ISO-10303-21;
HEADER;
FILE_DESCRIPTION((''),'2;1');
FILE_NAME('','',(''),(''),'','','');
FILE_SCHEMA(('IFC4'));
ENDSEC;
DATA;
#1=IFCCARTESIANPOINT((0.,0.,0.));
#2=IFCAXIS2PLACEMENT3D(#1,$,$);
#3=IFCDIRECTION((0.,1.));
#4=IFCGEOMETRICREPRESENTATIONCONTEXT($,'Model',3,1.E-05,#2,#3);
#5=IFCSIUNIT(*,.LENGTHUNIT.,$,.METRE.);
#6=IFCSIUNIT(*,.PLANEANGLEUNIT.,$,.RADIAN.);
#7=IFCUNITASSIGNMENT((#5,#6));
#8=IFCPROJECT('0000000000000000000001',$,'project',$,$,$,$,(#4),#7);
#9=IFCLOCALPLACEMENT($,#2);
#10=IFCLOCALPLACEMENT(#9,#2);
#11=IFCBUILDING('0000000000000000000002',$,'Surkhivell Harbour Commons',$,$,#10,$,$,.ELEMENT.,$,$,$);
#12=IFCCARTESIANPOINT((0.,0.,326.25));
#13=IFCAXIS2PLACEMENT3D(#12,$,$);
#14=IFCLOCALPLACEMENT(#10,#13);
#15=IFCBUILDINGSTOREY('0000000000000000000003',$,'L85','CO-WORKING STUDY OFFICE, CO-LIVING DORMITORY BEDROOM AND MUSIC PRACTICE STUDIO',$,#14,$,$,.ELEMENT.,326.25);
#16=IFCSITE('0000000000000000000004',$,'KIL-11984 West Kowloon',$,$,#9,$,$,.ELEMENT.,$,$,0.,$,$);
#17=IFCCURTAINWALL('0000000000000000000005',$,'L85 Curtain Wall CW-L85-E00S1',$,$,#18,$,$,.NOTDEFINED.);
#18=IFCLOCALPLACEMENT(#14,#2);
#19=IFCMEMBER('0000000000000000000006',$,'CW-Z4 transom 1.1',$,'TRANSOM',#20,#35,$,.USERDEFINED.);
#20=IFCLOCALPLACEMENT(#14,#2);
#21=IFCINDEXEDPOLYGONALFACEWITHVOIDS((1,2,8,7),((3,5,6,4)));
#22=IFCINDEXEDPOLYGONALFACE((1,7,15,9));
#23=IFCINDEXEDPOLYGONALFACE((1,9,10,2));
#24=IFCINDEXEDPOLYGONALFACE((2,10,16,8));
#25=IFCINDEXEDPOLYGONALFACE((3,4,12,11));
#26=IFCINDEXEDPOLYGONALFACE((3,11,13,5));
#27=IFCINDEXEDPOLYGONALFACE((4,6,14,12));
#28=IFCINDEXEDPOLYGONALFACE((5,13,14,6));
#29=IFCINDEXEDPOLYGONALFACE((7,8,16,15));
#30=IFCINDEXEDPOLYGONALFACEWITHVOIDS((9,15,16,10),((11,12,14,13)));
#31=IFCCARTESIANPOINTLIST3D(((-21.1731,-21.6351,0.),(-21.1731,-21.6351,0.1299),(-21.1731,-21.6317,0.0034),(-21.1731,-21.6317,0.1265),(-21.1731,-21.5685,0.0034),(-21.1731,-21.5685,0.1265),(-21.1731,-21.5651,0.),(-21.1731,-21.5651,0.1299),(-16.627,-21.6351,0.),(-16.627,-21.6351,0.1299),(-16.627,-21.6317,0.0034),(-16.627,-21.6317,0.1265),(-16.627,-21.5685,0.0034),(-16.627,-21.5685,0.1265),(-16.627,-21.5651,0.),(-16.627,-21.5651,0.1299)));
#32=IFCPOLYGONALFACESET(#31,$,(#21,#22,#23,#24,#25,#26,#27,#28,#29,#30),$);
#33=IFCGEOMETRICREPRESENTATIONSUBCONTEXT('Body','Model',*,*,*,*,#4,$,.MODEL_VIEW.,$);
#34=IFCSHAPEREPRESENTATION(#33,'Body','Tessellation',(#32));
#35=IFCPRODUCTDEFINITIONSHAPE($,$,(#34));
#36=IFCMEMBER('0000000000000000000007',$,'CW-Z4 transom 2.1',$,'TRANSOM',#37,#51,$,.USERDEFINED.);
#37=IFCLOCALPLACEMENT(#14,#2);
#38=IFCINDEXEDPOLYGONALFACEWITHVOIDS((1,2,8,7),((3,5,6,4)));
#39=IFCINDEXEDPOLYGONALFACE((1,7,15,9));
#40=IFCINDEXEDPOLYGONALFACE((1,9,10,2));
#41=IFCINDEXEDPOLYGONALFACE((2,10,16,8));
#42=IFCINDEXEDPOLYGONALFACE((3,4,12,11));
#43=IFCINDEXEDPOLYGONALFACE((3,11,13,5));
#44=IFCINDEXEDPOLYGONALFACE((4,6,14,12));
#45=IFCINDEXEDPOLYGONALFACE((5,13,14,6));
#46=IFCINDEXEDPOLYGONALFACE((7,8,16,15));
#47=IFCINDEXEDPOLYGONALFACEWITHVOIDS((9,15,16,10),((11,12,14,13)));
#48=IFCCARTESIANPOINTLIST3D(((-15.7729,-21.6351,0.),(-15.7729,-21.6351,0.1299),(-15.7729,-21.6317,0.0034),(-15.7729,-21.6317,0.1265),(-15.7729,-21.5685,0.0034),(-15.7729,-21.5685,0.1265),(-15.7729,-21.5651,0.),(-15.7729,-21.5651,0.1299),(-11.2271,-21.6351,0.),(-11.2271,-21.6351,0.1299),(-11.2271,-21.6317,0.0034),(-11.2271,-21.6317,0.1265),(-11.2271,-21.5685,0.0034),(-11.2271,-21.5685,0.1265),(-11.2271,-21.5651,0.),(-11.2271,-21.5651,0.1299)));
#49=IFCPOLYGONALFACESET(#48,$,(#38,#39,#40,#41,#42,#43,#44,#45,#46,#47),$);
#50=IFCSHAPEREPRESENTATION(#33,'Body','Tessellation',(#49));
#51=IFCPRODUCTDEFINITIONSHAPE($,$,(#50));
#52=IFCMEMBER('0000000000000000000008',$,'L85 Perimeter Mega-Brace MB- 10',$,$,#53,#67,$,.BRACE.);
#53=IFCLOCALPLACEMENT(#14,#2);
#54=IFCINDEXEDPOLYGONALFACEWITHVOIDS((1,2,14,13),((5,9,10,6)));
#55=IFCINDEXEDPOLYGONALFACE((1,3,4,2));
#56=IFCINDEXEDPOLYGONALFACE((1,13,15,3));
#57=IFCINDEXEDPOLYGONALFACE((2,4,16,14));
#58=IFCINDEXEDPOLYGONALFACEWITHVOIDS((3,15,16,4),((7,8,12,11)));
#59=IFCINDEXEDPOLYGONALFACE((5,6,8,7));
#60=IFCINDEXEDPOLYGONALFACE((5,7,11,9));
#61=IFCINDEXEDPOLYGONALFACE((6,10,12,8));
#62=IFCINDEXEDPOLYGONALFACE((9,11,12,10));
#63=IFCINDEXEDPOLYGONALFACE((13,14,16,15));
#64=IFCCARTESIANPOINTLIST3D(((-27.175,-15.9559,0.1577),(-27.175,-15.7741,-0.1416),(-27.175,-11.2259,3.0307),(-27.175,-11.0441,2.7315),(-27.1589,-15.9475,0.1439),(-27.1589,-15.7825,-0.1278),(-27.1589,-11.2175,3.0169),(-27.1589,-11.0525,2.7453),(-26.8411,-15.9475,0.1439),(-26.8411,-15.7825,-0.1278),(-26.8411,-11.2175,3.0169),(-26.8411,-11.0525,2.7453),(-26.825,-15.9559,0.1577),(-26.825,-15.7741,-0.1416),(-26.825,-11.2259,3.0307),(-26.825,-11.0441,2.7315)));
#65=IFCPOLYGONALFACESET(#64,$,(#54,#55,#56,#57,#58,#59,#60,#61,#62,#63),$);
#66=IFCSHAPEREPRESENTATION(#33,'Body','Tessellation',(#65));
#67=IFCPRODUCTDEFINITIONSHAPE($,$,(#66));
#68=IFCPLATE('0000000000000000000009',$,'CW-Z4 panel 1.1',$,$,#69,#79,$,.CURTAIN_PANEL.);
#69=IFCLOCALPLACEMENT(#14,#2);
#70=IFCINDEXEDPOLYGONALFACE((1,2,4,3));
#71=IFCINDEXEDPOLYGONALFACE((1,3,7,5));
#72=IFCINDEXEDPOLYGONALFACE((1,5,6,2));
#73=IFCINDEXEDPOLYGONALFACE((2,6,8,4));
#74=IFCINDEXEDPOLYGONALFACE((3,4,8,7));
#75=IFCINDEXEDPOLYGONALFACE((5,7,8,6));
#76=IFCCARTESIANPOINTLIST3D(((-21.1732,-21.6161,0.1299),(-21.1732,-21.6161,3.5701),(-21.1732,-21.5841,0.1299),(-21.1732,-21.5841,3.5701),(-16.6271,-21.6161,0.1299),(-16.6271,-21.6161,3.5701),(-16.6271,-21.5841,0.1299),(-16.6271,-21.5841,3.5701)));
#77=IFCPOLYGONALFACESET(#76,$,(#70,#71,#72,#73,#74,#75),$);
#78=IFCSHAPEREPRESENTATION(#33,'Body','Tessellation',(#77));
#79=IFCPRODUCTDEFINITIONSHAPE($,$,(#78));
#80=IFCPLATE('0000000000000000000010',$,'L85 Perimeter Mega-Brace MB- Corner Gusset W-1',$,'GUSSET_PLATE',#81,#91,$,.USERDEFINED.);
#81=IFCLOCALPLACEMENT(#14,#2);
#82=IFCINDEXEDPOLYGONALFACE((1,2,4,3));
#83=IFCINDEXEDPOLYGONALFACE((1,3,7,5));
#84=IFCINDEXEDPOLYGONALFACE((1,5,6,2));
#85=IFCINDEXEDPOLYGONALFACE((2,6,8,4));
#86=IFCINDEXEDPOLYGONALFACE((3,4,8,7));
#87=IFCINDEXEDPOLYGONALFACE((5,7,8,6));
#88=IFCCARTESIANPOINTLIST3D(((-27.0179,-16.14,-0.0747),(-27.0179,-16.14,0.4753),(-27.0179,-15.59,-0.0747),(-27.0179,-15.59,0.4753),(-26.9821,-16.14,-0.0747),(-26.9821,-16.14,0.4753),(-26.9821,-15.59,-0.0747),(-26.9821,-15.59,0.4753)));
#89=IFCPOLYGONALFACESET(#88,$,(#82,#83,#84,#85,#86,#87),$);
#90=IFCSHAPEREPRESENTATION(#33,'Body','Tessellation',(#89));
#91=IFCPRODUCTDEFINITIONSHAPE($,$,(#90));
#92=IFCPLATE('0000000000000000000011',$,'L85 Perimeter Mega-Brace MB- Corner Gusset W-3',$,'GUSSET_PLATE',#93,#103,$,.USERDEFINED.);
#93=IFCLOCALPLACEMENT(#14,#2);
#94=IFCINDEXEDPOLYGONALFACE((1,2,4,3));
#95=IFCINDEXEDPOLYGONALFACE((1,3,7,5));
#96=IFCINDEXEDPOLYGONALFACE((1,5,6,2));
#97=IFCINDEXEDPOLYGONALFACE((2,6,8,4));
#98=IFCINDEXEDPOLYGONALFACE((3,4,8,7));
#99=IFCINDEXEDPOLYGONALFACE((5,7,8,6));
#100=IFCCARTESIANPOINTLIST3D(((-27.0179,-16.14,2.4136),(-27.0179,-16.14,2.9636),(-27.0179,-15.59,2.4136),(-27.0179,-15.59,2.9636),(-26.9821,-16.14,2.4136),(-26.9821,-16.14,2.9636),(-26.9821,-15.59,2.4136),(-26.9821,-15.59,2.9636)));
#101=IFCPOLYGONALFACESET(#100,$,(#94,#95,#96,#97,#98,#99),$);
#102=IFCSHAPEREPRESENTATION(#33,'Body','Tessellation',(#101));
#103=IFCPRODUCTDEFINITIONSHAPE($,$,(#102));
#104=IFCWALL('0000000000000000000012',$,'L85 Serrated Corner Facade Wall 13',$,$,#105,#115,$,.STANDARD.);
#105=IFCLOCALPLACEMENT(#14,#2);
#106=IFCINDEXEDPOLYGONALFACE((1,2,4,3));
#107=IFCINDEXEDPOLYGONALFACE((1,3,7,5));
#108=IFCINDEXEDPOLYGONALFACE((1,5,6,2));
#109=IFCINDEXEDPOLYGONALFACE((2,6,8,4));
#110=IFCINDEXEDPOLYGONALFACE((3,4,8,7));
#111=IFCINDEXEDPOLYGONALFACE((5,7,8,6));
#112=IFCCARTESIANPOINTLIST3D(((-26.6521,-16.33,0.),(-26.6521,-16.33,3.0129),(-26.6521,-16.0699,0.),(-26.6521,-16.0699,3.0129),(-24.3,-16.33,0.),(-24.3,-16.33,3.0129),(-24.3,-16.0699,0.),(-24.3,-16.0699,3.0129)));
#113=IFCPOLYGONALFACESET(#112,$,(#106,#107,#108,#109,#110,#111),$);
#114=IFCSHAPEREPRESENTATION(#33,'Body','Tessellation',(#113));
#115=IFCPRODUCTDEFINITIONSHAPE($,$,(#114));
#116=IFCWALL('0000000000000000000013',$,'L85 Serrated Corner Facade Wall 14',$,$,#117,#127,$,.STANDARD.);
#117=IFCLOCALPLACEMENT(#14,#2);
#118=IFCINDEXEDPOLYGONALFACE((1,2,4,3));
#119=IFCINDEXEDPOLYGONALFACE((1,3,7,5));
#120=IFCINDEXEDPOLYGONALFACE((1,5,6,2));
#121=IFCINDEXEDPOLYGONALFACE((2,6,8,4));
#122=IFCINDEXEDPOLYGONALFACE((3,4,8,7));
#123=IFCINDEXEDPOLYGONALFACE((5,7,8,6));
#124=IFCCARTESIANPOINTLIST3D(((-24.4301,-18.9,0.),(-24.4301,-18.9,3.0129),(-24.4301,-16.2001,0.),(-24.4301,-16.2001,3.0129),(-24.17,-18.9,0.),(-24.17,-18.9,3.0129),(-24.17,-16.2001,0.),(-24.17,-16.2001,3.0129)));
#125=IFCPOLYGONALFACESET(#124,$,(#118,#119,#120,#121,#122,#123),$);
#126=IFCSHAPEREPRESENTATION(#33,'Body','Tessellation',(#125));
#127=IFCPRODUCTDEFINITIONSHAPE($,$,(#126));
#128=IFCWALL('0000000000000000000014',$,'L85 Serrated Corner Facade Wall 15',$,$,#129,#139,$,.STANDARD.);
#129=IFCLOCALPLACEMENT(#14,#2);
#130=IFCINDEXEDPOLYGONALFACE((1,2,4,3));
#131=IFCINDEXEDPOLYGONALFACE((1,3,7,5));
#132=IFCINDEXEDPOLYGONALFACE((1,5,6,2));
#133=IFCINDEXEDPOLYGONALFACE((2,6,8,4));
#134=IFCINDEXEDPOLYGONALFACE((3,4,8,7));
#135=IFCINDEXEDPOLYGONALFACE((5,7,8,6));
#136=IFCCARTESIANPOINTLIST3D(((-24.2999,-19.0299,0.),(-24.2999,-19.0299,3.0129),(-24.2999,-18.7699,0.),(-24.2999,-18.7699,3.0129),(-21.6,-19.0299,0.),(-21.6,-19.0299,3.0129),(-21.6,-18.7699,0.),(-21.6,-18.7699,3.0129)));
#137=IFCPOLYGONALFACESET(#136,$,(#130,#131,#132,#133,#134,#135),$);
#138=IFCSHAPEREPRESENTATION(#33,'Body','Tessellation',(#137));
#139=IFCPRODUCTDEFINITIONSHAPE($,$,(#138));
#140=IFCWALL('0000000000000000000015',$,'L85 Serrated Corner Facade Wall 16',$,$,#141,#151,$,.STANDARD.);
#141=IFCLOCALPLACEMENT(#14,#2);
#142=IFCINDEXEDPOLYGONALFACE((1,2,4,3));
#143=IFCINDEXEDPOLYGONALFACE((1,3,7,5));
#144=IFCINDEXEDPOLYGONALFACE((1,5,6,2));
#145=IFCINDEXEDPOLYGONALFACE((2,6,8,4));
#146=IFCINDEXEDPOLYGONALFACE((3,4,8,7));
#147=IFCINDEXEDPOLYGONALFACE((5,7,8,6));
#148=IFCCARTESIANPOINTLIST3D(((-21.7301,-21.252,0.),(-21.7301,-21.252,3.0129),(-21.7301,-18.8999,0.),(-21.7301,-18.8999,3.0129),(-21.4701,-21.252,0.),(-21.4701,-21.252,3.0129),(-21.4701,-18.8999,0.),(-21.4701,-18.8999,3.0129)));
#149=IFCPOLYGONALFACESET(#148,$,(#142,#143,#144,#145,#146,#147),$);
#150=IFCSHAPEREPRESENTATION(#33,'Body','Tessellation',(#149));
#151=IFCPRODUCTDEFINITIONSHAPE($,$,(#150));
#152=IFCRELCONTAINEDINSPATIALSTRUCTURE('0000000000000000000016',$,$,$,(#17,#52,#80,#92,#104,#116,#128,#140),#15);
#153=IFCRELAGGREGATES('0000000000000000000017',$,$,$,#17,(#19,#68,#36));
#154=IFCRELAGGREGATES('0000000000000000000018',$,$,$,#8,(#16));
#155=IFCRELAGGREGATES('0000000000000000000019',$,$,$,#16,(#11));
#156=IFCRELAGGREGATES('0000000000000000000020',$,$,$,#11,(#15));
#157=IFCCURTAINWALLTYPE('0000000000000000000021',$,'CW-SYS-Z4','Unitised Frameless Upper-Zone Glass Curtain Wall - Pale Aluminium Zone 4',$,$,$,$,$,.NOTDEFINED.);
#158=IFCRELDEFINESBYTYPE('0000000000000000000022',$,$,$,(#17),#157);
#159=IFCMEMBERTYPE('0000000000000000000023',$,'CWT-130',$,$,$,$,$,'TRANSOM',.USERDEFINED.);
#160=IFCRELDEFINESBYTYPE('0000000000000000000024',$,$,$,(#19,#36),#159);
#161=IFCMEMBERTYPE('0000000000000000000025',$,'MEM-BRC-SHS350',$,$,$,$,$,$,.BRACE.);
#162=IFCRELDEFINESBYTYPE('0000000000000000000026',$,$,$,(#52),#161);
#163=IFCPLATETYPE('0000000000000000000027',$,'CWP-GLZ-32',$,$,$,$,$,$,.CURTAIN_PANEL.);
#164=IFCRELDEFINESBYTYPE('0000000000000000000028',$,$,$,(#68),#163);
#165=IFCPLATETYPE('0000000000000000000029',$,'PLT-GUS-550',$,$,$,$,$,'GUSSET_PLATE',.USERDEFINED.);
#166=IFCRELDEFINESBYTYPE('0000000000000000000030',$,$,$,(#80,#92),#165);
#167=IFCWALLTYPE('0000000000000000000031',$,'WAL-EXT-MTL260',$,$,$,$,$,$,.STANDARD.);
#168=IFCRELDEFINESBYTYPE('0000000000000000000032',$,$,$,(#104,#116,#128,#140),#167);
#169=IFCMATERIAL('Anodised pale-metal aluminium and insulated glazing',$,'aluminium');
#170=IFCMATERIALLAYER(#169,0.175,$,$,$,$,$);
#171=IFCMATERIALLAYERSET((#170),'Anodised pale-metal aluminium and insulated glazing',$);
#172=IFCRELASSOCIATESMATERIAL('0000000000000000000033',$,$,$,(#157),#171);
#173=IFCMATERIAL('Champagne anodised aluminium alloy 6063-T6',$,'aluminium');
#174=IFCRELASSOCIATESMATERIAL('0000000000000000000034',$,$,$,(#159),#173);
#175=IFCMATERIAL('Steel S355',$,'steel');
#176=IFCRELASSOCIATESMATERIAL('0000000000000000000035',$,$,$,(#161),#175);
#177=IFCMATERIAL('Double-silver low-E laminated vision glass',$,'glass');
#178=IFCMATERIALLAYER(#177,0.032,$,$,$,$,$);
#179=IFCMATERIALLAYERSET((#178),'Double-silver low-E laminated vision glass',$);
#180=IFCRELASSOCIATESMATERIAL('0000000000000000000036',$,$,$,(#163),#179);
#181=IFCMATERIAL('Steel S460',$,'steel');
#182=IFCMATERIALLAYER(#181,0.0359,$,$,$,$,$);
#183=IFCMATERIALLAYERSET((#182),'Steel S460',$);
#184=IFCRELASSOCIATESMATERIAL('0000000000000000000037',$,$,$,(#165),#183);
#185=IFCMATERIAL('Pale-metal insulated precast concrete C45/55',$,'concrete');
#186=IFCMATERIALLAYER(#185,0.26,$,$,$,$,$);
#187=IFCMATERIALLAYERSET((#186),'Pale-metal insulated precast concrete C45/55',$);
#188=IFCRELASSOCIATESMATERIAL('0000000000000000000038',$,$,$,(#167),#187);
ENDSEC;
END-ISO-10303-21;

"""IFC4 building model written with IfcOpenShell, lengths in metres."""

from ifc_helpers import new_model, si_unit, direction, frame, frame_2d, origin, origin_2d, place, context, subcontext, project, spatial, rectangle, hollow_rectangle, extrude, material, layer, layer_set, material_profile, profile_set, type_object, element, aggregate, save


model = new_model("IFC4")

# Units and contexts
model_context = context("Model", 3, precision=1e-05, world=origin(), true_north=direction((0.0, 1.0)))
body_context = subcontext(model_context, "Body", "Model", "MODEL_VIEW")
ifc_project = project(units=[si_unit("LENGTHUNIT", "METRE"), si_unit("PLANEANGLEUNIT", "RADIAN")], contexts=[model_context])

# Site, building, storey
site_placement = place(None, origin())
site = spatial("IfcSite", under=ifc_project, at=site_placement, Name="KIL-11984 West Kowloon", CompositionType="ELEMENT", RefElevation=0.0)
building_placement = place(site_placement, origin())
building = spatial("IfcBuilding", under=site, at=building_placement, Name="Surkhivell Harbour Commons", CompositionType="ELEMENT")
storey_placement = place(building_placement, frame((0.0, 0.0, 326.25)))
storey = spatial("IfcBuildingStorey", under=building, at=storey_placement, Name="L85", Description="CO-WORKING STUDY OFFICE, CO-LIVING DORMITORY BEDROOM AND MUSIC PRACTICE STUDIO", CompositionType="ELEMENT", Elevation=326.25)

# Shared definitions
ifc_material_1 = material(Name="Steel S355", Category="steel")

# Curtain wall, members
ifc_material_2 = material(Name="Anodised pale-metal aluminium and insulated glazing", Category="aluminium")
ifc_layer_1 = layer(ifc_material_2, 0.175)
ifc_layer_set_1 = layer_set([ifc_layer_1], Name="Anodised pale-metal aluminium and insulated glazing")
curtain_wall_type = type_object("IfcCurtainWallType", Name="CW-SYS-Z4", Description="Unitised Frameless Upper-Zone Glass Curtain Wall - Pale Aluminium Zone 4", PredefinedType="NOTDEFINED", material=ifc_layer_set_1)
curtain_wall_placement = place(storey_placement, origin())
curtain_wall = element("IfcCurtainWall", 1, at=curtain_wall_placement, inside=storey, type_object=curtain_wall_type, Name="L85 Curtain Wall CW-L85-E00S1", PredefinedType="NOTDEFINED")
ifc_material_3 = material(Name="Champagne anodised aluminium alloy 6063-T6", Category="aluminium")
ifc_material_profile_1 = material_profile(ifc_material_3, hollow_rectangle(XDim=0.0701, YDim=0.1299, WallThickness=0.0034, at=origin_2d()), Name="ALU-TRAN-70x130")
ifc_profile_set_1 = profile_set([ifc_material_profile_1], Name="Champagne anodised aluminium alloy 6063-T6")
member_type_1 = type_object("IfcMemberType", Name="CWT-130", ElementType="TRANSOM", PredefinedType="USERDEFINED", material=ifc_profile_set_1)
member_1_placement = place(storey_placement, frame((-21.1731, -21.6001, 0.0649), z_axis=(1.0, 0.0, 0.0), x_axis=(0.0, 1.0, 0.0)))
member_1 = element("IfcMember", 2, at=member_1_placement, type_object=member_type_1, Name="CW-Z4 transom 1.1", ObjectType="TRANSOM", PredefinedType="USERDEFINED", context=body_context, shape_type="SweptSolid", body=[
    extrude(hollow_rectangle(XDim=0.0701, YDim=0.1299, WallThickness=0.0034, at=origin_2d()), origin(), (0.0, 0.0, 1.0), 4.5461),
])
member_2_placement = place(storey_placement, frame((-15.7729, -21.6001, 0.0649), z_axis=(1.0, 0.0, 0.0), x_axis=(0.0, 1.0, 0.0)))
member_2 = element("IfcMember", 3, at=member_2_placement, type_object=member_type_1, Name="CW-Z4 transom 2.1", ObjectType="TRANSOM", PredefinedType="USERDEFINED", context=body_context, shape_type="SweptSolid", body=[
    extrude(hollow_rectangle(XDim=0.0701, YDim=0.1299, WallThickness=0.0034, at=origin_2d()), origin(), (0.0, 0.0, 1.0), 4.5459),
])

# Member
ifc_material_profile_2 = material_profile(ifc_material_1, hollow_rectangle(XDim=0.3501, YDim=0.3501, WallThickness=0.0161, at=origin_2d()), Name="SHS350x350x16")
ifc_profile_set_2 = profile_set([ifc_material_profile_2], Name="Steel S355")
member_type_2 = type_object("IfcMemberType", Name="MEM-BRC-SHS350", PredefinedType="BRACE", material=ifc_profile_set_2)
member_3_placement = place(storey_placement, frame((-27.0, -15.865, 0.0081), z_axis=(0.0, 0.854685, 0.519146), x_axis=(-1.0, 0.0, 0.0)))
element("IfcMember", 4, at=member_3_placement, inside=storey, type_object=member_type_2, Name="L85 Perimeter Mega-Brace MB- 10", PredefinedType="BRACE", context=body_context, shape_type="SweptSolid", body=[
    extrude(hollow_rectangle(XDim=0.3501, YDim=0.3501, WallThickness=0.0161, at=origin_2d()), origin(), (0.0, 0.0, 1.0), 5.5342),
])

# Plate
ifc_material_4 = material(Name="Double-silver low-E laminated vision glass", Category="glass")
ifc_layer_2 = layer(ifc_material_4, 0.032)
ifc_layer_set_2 = layer_set([ifc_layer_2], Name="Double-silver low-E laminated vision glass")
plate_type_1 = type_object("IfcPlateType", Name="CWP-GLZ-32", PredefinedType="CURTAIN_PANEL", material=ifc_layer_set_2)
plate_placement = place(storey_placement, frame((-21.1731, -21.6001, 0.1299), z_axis=(0.0, 0.0, 1.0), x_axis=(1.0, 0.0, 0.0)))
plate = element("IfcPlate", 5, at=plate_placement, type_object=plate_type_1, Name="CW-Z4 panel 1.1", PredefinedType="CURTAIN_PANEL", context=body_context, shape_type="SweptSolid", body=[
    extrude(rectangle(XDim=4.5461, YDim=0.032, at=frame_2d((2.2729, 0.0))), origin(), (0.0, 0.0, 1.0), 3.4402),
])
aggregate(curtain_wall, [member_1, plate, member_2])

# Plates
ifc_material_5 = material(Name="Steel S460", Category="steel")
ifc_layer_3 = layer(ifc_material_5, 0.0359)
ifc_layer_set_3 = layer_set([ifc_layer_3], Name="Steel S460")
plate_type_2 = type_object("IfcPlateType", Name="PLT-GUS-550", ElementType="GUSSET_PLATE", PredefinedType="USERDEFINED", material=ifc_layer_set_3)
for number, where, z_axis, x_axis, name in (
    (6, (-27.0, -15.865, -0.0747), (0.0, 0.0, 1.0), (0.0, 1.0, 0.0), "L85 Perimeter Mega-Brace MB- Corner Gusset W-1"),
    (7, (-27.0, -15.865, 2.4136), (0.0, 0.0, 1.0), (0.0, 1.0, 0.0), "L85 Perimeter Mega-Brace MB- Corner Gusset W-3"),
):
    element("IfcPlate", number, at=place(storey_placement, frame(where, z_axis=z_axis, x_axis=x_axis)), inside=storey, type_object=plate_type_2, Name=name, ObjectType="GUSSET_PLATE", PredefinedType="USERDEFINED", context=body_context, shape_type="SweptSolid", body=[
        extrude(rectangle(XDim=0.55, YDim=0.0359, at=origin_2d()), origin(), (0.0, 0.0, 1.0), 0.55),
    ])

# Walls
ifc_material_6 = material(Name="Pale-metal insulated precast concrete C45/55", Category="concrete")
ifc_layer_4 = layer(ifc_material_6, 0.26)
ifc_layer_set_4 = layer_set([ifc_layer_4], Name="Pale-metal insulated precast concrete C45/55")
wall_type = type_object("IfcWallType", Name="WAL-EXT-MTL260", PredefinedType="STANDARD", material=ifc_layer_set_4)
wall_1_placement = place(storey_placement, frame((-26.6521, -16.2, 0.0), z_axis=(0.0, 0.0, 1.0), x_axis=(1.0, 0.0, 0.0)))
element("IfcWall", 8, at=wall_1_placement, inside=storey, type_object=wall_type, Name="L85 Serrated Corner Facade Wall 13", PredefinedType="STANDARD", context=body_context, shape_type="SweptSolid", body=[
    extrude(rectangle(XDim=2.3521, YDim=0.26, at=frame_2d((1.176, 0.0))), origin(), (0.0, 0.0, 1.0), 3.0129),
])
for number, where, z_axis, x_axis, name in (
    (9, (-24.3, -16.2, 0.0), (0.0, 0.0, 1.0), (0.0, -1.0, 0.0), "L85 Serrated Corner Facade Wall 14"),
    (10, (-24.3, -18.8999, 0.0), (0.0, 0.0, 1.0), (1.0, 0.0, 0.0), "L85 Serrated Corner Facade Wall 15"),
):
    element("IfcWall", number, at=place(storey_placement, frame(where, z_axis=z_axis, x_axis=x_axis)), inside=storey, type_object=wall_type, Name=name, PredefinedType="STANDARD", context=body_context, shape_type="SweptSolid", body=[
        extrude(rectangle(XDim=2.7, YDim=0.26, at=frame_2d((1.3501, 0.0))), origin(), (0.0, 0.0, 1.0), 3.0129),
    ])
wall_2_placement = place(storey_placement, frame((-21.6001, -18.8999, 0.0), z_axis=(0.0, 0.0, 1.0), x_axis=(0.0, -1.0, 0.0)))
element("IfcWall", 11, at=wall_2_placement, inside=storey, type_object=wall_type, Name="L85 Serrated Corner Facade Wall 16", PredefinedType="STANDARD", context=body_context, shape_type="SweptSolid", body=[
    extrude(rectangle(XDim=2.3521, YDim=0.26, at=frame_2d((1.176, 0.0))), origin(), (0.0, 0.0, 1.0), 3.0129),
])

save(model, "model.ifc")
